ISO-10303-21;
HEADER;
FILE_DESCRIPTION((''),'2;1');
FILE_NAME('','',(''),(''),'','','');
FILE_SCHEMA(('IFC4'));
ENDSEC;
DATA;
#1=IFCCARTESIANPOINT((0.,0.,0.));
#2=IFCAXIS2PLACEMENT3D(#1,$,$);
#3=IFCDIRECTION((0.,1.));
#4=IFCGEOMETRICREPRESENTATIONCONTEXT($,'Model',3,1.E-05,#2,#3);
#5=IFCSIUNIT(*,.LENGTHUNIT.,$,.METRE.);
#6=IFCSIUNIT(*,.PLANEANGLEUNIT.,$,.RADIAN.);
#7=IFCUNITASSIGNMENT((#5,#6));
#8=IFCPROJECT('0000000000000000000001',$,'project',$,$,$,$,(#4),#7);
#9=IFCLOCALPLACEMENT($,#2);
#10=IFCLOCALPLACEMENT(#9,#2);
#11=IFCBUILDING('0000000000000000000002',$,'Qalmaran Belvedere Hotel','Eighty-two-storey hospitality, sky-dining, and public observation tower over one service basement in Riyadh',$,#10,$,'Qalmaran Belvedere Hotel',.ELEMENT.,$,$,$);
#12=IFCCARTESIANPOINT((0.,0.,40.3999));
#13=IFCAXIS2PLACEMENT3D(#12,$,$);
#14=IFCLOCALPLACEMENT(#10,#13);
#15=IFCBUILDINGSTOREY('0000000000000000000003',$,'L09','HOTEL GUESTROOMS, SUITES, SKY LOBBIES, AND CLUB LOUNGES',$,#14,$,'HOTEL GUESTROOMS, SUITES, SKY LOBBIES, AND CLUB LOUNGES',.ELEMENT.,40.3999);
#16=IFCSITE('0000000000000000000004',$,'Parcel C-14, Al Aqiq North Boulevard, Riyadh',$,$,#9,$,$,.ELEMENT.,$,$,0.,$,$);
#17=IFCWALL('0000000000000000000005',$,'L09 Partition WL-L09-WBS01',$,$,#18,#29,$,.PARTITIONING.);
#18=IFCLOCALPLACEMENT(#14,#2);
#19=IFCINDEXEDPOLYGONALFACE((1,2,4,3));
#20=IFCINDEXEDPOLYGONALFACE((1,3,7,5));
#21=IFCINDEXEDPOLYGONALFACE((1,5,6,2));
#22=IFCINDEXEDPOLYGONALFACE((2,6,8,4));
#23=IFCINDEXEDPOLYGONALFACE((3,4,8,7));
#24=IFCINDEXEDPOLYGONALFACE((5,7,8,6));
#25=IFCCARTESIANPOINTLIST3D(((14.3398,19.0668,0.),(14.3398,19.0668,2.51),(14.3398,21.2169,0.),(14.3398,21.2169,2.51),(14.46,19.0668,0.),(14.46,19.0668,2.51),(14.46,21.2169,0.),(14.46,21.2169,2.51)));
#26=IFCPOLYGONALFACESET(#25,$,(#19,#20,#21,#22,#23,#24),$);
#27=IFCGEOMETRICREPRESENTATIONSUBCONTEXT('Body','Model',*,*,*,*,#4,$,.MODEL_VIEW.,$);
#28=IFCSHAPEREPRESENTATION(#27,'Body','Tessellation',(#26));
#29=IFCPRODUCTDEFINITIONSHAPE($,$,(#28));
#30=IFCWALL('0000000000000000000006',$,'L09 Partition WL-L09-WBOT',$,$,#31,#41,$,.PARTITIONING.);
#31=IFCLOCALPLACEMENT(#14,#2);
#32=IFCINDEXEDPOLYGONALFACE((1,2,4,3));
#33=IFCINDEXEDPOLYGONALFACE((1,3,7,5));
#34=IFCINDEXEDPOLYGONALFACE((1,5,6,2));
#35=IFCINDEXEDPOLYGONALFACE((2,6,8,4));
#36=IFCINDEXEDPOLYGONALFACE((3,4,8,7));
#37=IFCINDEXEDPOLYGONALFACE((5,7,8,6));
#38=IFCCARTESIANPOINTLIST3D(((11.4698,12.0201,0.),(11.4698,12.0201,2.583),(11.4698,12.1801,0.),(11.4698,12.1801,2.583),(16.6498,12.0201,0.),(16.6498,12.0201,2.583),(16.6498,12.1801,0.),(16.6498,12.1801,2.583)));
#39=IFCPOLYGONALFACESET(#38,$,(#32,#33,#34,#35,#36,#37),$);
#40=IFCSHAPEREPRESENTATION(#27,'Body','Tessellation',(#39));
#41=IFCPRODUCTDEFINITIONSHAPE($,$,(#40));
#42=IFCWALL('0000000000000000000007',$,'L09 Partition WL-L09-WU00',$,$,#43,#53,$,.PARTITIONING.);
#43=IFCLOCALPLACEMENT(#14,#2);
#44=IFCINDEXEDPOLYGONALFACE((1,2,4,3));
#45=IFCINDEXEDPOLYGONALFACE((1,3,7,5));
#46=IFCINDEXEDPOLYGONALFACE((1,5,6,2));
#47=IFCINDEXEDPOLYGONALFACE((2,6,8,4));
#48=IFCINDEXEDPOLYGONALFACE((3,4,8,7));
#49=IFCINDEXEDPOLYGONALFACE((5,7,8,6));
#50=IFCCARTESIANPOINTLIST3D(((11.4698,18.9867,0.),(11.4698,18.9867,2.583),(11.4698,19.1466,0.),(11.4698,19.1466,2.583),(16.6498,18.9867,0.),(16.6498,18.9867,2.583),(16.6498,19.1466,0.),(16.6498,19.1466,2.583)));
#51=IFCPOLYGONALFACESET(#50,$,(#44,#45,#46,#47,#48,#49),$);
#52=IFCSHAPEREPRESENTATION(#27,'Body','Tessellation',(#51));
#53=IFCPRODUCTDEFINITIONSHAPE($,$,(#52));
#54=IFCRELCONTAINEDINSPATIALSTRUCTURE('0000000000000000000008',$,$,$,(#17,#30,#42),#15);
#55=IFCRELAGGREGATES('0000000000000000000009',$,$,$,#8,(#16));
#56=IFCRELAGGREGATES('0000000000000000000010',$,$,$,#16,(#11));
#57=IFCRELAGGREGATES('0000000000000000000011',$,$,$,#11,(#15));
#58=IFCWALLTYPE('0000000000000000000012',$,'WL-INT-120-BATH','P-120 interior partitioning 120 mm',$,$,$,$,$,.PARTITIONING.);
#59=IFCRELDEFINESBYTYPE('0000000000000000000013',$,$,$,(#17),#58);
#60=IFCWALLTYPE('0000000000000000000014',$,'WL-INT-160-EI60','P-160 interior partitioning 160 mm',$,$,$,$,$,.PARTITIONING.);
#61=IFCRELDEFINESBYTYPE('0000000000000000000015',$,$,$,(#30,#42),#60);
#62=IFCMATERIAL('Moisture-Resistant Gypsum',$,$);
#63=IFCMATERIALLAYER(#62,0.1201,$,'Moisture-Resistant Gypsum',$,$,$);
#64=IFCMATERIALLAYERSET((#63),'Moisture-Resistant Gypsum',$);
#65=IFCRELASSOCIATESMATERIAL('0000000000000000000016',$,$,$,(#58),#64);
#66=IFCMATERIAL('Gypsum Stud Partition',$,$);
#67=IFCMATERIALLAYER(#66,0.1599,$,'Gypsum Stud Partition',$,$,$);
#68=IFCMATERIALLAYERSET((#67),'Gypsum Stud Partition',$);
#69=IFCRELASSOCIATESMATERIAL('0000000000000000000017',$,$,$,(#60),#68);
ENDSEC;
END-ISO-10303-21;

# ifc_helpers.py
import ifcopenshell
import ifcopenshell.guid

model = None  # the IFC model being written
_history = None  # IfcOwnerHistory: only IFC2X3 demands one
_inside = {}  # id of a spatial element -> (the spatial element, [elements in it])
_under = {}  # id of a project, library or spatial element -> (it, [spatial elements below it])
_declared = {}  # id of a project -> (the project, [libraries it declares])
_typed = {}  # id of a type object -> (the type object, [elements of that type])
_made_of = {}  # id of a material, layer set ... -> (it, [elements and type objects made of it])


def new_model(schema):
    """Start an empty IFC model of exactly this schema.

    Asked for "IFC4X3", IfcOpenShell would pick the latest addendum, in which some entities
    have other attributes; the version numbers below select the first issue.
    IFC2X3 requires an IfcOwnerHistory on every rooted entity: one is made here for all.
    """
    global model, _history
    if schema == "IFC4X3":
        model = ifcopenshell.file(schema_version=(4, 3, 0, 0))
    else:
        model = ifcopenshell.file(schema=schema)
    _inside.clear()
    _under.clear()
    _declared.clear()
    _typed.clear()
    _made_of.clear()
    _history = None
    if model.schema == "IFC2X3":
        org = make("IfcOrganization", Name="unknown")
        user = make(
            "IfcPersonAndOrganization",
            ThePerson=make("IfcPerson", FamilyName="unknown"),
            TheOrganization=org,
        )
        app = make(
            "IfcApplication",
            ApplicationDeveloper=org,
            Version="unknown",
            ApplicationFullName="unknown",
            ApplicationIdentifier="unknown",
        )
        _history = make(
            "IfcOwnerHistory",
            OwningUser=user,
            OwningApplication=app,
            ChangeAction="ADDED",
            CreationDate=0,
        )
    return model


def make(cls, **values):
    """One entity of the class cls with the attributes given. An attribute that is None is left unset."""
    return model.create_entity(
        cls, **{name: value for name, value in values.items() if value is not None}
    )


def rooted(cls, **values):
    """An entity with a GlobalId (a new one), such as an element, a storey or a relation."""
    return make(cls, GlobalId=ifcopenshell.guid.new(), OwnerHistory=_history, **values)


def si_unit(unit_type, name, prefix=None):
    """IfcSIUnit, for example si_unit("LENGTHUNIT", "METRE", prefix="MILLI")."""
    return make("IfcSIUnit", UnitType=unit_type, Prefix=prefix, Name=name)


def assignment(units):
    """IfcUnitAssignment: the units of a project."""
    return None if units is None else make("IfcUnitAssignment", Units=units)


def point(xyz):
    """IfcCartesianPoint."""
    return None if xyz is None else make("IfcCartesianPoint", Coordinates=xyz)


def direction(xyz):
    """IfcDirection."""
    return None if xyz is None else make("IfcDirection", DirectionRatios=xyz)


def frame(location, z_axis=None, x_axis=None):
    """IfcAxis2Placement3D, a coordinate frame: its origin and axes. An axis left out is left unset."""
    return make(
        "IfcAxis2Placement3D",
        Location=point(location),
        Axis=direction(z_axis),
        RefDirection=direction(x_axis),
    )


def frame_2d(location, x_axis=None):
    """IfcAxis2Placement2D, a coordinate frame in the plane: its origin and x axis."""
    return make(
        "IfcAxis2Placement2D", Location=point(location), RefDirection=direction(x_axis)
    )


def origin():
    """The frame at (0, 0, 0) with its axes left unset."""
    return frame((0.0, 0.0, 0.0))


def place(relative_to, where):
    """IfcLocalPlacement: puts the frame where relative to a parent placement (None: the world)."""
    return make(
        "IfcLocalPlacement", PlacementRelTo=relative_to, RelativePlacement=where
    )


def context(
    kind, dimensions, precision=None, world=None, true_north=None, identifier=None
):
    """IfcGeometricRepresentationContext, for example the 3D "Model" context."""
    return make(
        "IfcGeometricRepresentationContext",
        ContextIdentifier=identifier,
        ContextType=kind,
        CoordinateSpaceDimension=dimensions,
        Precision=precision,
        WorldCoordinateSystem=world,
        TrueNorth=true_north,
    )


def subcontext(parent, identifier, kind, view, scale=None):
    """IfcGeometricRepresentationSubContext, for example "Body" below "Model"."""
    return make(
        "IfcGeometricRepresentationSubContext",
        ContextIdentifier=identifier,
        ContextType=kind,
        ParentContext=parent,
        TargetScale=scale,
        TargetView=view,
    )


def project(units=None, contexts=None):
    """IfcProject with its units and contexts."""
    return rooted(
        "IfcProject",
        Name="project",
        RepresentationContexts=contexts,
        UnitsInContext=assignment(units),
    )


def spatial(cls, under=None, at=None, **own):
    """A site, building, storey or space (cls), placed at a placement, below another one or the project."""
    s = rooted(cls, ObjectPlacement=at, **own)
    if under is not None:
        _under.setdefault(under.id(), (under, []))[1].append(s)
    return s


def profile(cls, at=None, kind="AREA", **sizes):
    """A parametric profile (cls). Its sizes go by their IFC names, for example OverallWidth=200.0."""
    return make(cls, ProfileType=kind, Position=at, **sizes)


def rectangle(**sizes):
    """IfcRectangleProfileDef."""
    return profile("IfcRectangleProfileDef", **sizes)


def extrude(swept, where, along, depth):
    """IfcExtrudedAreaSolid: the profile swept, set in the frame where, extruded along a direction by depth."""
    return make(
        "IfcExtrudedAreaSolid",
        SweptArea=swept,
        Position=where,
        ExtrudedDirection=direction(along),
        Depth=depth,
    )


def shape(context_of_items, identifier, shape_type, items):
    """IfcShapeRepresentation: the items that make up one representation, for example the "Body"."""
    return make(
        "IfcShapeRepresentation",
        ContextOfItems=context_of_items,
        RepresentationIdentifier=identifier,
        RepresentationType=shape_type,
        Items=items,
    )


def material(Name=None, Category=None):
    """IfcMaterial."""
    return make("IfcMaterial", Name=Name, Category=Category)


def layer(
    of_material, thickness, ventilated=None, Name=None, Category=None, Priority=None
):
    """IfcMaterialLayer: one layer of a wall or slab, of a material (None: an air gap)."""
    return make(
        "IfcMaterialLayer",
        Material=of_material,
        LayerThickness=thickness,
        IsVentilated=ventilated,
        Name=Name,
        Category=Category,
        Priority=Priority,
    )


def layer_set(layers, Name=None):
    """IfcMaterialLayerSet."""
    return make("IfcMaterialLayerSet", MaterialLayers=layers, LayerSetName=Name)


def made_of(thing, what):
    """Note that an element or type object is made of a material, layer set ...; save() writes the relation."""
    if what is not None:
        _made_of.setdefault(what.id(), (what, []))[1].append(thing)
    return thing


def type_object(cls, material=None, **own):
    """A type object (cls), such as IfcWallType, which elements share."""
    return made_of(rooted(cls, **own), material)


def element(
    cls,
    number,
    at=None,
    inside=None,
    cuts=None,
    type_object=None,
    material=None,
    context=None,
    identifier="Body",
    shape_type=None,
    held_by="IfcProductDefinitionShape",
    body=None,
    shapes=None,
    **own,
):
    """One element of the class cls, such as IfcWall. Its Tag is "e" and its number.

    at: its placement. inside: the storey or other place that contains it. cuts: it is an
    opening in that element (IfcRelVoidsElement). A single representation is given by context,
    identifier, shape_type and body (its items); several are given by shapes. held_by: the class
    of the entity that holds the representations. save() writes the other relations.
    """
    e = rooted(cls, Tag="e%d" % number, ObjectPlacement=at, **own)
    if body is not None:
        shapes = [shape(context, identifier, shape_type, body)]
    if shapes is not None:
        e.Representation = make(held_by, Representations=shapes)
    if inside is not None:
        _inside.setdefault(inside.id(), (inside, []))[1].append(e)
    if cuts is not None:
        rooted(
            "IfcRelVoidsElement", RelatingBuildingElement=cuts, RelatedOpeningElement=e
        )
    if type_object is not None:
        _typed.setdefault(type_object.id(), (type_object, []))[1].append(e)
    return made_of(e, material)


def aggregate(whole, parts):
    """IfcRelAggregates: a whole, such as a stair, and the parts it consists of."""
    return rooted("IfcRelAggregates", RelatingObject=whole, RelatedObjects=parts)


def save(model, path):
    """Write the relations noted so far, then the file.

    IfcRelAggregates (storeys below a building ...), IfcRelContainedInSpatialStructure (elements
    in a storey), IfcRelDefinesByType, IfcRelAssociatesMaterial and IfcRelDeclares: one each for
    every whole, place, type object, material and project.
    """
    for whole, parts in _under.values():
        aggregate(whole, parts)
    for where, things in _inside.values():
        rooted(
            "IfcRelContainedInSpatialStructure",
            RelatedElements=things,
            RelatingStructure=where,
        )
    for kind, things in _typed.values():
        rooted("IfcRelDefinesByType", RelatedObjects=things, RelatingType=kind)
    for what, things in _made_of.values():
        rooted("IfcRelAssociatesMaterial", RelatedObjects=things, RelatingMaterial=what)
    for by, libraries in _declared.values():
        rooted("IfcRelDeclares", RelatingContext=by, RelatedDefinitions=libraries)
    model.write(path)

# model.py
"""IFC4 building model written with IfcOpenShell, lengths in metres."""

from ifc_helpers import new_model, si_unit, direction, frame, frame_2d, origin, place, context, subcontext, project, spatial, rectangle, extrude, material, layer, layer_set, type_object, element, save


model = new_model("IFC4")

# Units and contexts
model_context = context("Model", 3, precision=1e-05, world=origin(), true_north=direction((0.0, 1.0)))
body_context = subcontext(model_context, "Body", "Model", "MODEL_VIEW")
ifc_project = project(units=[si_unit("LENGTHUNIT", "METRE"), si_unit("PLANEANGLEUNIT", "RADIAN")], contexts=[model_context])

# Site, building, storey
site_placement = place(None, origin())
site = spatial("IfcSite", under=ifc_project, at=site_placement, Name="Parcel C-14, Al Aqiq North Boulevard, Riyadh", CompositionType="ELEMENT", RefElevation=0.0)
building_placement = place(site_placement, origin())
building = spatial("IfcBuilding", under=site, at=building_placement, Name="Qalmaran Belvedere Hotel", Description="Eighty-two-storey hospitality, sky-dining, and public observation tower over one service basement in Riyadh", LongName="Qalmaran Belvedere Hotel", CompositionType="ELEMENT")
storey_placement = place(building_placement, frame((0.0, 0.0, 40.3999)))
storey = spatial("IfcBuildingStorey", under=building, at=storey_placement, Name="L09", Description="HOTEL GUESTROOMS, SUITES, SKY LOBBIES, AND CLUB LOUNGES", LongName="HOTEL GUESTROOMS, SUITES, SKY LOBBIES, AND CLUB LOUNGES", CompositionType="ELEMENT", Elevation=40.3999)

# Shared definitions
ifc_material_1 = material(Name="Moisture-Resistant Gypsum")
ifc_layer_1 = layer(ifc_material_1, 0.1201, Name="Moisture-Resistant Gypsum")
ifc_layer_set_1 = layer_set([ifc_layer_1], Name="Moisture-Resistant Gypsum")
wall_type_1 = type_object("IfcWallType", Name="WL-INT-120-BATH", Description="P-120 interior partitioning 120 mm", PredefinedType="PARTITIONING", material=ifc_layer_set_1)

# Walls
wall_1_placement = place(storey_placement, frame((14.3999, 19.0667, 0.0), z_axis=(0.0, 0.0, 1.0), x_axis=(0.0, 1.0, 0.0)))
element("IfcWall", 1, at=wall_1_placement, inside=storey, type_object=wall_type_1, Name="L09 Partition WL-L09-WBS01", PredefinedType="PARTITIONING", context=body_context, shape_type="SweptSolid", body=[
    extrude(rectangle(XDim=2.1501, YDim=0.1201, at=frame_2d((1.0752, 0.0))), origin(), (0.0, 0.0, 1.0), 2.51),
])
ifc_material_2 = material(Name="Gypsum Stud Partition")
ifc_layer_2 = layer(ifc_material_2, 0.1599, Name="Gypsum Stud Partition")
ifc_layer_set_2 = layer_set([ifc_layer_2], Name="Gypsum Stud Partition")
wall_type_2 = type_object("IfcWallType", Name="WL-INT-160-EI60", Description="P-160 interior partitioning 160 mm", PredefinedType="PARTITIONING", material=ifc_layer_set_2)
for number, where, z_axis, x_axis, name in (
    (2, (11.47, 12.1001, 0.0), (0.0, 0.0, 1.0), (1.0, 0.0, 0.0), "L09 Partition WL-L09-WBOT"),
    (3, (11.47, 19.0667, 0.0), (0.0, 0.0, 1.0), (1.0, 0.0, 0.0), "L09 Partition WL-L09-WU00"),
):
    element("IfcWall", number, at=place(storey_placement, frame(where, z_axis=z_axis, x_axis=x_axis)), inside=storey, type_object=wall_type_2, Name=name, PredefinedType="PARTITIONING", context=body_context, shape_type="SweptSolid", body=[
        extrude(rectangle(XDim=5.1799, YDim=0.1599, at=frame_2d((2.5898, 0.0))), origin(), (0.0, 0.0, 1.0), 2.583),
    ])

save(model, "model.ifc")
